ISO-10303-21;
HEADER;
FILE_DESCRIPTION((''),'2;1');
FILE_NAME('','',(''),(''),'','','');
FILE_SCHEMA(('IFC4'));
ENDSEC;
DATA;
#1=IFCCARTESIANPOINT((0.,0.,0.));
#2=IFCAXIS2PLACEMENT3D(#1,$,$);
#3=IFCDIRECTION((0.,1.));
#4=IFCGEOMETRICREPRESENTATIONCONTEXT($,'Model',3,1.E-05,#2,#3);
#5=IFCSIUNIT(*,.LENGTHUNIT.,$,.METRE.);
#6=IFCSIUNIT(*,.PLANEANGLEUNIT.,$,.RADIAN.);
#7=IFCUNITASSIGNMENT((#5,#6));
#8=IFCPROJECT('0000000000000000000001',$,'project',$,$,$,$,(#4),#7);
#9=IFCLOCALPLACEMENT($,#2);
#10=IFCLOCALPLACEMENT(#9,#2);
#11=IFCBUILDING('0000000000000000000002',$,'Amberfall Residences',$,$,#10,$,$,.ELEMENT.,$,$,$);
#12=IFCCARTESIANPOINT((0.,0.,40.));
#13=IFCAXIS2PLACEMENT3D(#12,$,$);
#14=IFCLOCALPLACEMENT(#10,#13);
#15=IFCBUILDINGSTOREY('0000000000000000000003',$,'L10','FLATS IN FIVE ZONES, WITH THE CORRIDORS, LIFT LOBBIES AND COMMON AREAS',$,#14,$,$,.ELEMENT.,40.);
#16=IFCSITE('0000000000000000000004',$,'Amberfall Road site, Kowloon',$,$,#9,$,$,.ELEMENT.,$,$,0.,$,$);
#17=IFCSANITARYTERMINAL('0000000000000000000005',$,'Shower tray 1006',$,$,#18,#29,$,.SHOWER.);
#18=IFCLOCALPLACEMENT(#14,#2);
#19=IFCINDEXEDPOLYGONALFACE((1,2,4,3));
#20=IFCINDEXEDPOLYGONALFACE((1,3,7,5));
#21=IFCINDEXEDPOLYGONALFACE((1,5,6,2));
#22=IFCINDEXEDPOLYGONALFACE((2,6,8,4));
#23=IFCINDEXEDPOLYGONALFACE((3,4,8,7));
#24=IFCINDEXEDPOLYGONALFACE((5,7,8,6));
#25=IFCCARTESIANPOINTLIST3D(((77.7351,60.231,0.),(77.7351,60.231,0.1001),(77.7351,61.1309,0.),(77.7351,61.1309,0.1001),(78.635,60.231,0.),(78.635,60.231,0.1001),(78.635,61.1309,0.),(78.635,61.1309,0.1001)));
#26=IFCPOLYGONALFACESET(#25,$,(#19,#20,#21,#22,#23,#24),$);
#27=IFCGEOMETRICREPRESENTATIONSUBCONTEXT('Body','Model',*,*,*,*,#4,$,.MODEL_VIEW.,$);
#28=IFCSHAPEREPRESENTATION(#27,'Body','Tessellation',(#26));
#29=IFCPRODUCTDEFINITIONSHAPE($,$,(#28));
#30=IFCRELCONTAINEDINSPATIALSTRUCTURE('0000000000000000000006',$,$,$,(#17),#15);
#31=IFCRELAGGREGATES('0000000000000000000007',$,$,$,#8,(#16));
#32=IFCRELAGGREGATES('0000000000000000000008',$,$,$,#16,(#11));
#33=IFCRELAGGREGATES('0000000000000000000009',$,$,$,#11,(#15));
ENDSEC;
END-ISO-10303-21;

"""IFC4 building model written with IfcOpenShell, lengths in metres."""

from ifc_helpers import new_model, si_unit, direction, frame, origin, origin_2d, place, context, subcontext, project, spatial, rectangle, extrude, element, save


model = new_model("IFC4")

# Units and contexts
model_context = context("Model", 3, precision=1e-05, world=origin(), true_north=direction((0.0, 1.0)))
body_context = subcontext(model_context, "Body", "Model", "MODEL_VIEW")
ifc_project = project(units=[si_unit("LENGTHUNIT", "METRE"), si_unit("PLANEANGLEUNIT", "RADIAN")], contexts=[model_context])

# Site, building, storey
site_placement = place(None, origin())
site = spatial("IfcSite", under=ifc_project, at=site_placement, Name="Amberfall Road site, Kowloon", CompositionType="ELEMENT", RefElevation=0.0)
building_placement = place(site_placement, origin())
building = spatial("IfcBuilding", under=site, at=building_placement, Name="Amberfall Residences", CompositionType="ELEMENT")
storey_placement = place(building_placement, frame((0.0, 0.0, 40.0)))
storey = spatial("IfcBuildingStorey", under=building, at=storey_placement, Name="L10", Description="FLATS IN FIVE ZONES, WITH THE CORRIDORS, LIFT LOBBIES AND COMMON AREAS", CompositionType="ELEMENT", Elevation=40.0)

# Sanitary terminal
sanitary_terminal_1_placement = place(storey_placement, frame((78.1851, 60.6809, 0.0), z_axis=(0.0, 0.0, 1.0), x_axis=(1.0, 0.0, 0.0)))
element("IfcSanitaryTerminal", 1, at=sanitary_terminal_1_placement, inside=storey, Name="Shower tray 1006", PredefinedType="SHOWER", context=body_context, shape_type="SweptSolid", body=[
    extrude(rectangle(XDim=0.8999, YDim=0.8999, at=origin_2d()), origin(), (0.0, 0.0, 1.0), 0.1001),
])

save(model, "model.ifc")
